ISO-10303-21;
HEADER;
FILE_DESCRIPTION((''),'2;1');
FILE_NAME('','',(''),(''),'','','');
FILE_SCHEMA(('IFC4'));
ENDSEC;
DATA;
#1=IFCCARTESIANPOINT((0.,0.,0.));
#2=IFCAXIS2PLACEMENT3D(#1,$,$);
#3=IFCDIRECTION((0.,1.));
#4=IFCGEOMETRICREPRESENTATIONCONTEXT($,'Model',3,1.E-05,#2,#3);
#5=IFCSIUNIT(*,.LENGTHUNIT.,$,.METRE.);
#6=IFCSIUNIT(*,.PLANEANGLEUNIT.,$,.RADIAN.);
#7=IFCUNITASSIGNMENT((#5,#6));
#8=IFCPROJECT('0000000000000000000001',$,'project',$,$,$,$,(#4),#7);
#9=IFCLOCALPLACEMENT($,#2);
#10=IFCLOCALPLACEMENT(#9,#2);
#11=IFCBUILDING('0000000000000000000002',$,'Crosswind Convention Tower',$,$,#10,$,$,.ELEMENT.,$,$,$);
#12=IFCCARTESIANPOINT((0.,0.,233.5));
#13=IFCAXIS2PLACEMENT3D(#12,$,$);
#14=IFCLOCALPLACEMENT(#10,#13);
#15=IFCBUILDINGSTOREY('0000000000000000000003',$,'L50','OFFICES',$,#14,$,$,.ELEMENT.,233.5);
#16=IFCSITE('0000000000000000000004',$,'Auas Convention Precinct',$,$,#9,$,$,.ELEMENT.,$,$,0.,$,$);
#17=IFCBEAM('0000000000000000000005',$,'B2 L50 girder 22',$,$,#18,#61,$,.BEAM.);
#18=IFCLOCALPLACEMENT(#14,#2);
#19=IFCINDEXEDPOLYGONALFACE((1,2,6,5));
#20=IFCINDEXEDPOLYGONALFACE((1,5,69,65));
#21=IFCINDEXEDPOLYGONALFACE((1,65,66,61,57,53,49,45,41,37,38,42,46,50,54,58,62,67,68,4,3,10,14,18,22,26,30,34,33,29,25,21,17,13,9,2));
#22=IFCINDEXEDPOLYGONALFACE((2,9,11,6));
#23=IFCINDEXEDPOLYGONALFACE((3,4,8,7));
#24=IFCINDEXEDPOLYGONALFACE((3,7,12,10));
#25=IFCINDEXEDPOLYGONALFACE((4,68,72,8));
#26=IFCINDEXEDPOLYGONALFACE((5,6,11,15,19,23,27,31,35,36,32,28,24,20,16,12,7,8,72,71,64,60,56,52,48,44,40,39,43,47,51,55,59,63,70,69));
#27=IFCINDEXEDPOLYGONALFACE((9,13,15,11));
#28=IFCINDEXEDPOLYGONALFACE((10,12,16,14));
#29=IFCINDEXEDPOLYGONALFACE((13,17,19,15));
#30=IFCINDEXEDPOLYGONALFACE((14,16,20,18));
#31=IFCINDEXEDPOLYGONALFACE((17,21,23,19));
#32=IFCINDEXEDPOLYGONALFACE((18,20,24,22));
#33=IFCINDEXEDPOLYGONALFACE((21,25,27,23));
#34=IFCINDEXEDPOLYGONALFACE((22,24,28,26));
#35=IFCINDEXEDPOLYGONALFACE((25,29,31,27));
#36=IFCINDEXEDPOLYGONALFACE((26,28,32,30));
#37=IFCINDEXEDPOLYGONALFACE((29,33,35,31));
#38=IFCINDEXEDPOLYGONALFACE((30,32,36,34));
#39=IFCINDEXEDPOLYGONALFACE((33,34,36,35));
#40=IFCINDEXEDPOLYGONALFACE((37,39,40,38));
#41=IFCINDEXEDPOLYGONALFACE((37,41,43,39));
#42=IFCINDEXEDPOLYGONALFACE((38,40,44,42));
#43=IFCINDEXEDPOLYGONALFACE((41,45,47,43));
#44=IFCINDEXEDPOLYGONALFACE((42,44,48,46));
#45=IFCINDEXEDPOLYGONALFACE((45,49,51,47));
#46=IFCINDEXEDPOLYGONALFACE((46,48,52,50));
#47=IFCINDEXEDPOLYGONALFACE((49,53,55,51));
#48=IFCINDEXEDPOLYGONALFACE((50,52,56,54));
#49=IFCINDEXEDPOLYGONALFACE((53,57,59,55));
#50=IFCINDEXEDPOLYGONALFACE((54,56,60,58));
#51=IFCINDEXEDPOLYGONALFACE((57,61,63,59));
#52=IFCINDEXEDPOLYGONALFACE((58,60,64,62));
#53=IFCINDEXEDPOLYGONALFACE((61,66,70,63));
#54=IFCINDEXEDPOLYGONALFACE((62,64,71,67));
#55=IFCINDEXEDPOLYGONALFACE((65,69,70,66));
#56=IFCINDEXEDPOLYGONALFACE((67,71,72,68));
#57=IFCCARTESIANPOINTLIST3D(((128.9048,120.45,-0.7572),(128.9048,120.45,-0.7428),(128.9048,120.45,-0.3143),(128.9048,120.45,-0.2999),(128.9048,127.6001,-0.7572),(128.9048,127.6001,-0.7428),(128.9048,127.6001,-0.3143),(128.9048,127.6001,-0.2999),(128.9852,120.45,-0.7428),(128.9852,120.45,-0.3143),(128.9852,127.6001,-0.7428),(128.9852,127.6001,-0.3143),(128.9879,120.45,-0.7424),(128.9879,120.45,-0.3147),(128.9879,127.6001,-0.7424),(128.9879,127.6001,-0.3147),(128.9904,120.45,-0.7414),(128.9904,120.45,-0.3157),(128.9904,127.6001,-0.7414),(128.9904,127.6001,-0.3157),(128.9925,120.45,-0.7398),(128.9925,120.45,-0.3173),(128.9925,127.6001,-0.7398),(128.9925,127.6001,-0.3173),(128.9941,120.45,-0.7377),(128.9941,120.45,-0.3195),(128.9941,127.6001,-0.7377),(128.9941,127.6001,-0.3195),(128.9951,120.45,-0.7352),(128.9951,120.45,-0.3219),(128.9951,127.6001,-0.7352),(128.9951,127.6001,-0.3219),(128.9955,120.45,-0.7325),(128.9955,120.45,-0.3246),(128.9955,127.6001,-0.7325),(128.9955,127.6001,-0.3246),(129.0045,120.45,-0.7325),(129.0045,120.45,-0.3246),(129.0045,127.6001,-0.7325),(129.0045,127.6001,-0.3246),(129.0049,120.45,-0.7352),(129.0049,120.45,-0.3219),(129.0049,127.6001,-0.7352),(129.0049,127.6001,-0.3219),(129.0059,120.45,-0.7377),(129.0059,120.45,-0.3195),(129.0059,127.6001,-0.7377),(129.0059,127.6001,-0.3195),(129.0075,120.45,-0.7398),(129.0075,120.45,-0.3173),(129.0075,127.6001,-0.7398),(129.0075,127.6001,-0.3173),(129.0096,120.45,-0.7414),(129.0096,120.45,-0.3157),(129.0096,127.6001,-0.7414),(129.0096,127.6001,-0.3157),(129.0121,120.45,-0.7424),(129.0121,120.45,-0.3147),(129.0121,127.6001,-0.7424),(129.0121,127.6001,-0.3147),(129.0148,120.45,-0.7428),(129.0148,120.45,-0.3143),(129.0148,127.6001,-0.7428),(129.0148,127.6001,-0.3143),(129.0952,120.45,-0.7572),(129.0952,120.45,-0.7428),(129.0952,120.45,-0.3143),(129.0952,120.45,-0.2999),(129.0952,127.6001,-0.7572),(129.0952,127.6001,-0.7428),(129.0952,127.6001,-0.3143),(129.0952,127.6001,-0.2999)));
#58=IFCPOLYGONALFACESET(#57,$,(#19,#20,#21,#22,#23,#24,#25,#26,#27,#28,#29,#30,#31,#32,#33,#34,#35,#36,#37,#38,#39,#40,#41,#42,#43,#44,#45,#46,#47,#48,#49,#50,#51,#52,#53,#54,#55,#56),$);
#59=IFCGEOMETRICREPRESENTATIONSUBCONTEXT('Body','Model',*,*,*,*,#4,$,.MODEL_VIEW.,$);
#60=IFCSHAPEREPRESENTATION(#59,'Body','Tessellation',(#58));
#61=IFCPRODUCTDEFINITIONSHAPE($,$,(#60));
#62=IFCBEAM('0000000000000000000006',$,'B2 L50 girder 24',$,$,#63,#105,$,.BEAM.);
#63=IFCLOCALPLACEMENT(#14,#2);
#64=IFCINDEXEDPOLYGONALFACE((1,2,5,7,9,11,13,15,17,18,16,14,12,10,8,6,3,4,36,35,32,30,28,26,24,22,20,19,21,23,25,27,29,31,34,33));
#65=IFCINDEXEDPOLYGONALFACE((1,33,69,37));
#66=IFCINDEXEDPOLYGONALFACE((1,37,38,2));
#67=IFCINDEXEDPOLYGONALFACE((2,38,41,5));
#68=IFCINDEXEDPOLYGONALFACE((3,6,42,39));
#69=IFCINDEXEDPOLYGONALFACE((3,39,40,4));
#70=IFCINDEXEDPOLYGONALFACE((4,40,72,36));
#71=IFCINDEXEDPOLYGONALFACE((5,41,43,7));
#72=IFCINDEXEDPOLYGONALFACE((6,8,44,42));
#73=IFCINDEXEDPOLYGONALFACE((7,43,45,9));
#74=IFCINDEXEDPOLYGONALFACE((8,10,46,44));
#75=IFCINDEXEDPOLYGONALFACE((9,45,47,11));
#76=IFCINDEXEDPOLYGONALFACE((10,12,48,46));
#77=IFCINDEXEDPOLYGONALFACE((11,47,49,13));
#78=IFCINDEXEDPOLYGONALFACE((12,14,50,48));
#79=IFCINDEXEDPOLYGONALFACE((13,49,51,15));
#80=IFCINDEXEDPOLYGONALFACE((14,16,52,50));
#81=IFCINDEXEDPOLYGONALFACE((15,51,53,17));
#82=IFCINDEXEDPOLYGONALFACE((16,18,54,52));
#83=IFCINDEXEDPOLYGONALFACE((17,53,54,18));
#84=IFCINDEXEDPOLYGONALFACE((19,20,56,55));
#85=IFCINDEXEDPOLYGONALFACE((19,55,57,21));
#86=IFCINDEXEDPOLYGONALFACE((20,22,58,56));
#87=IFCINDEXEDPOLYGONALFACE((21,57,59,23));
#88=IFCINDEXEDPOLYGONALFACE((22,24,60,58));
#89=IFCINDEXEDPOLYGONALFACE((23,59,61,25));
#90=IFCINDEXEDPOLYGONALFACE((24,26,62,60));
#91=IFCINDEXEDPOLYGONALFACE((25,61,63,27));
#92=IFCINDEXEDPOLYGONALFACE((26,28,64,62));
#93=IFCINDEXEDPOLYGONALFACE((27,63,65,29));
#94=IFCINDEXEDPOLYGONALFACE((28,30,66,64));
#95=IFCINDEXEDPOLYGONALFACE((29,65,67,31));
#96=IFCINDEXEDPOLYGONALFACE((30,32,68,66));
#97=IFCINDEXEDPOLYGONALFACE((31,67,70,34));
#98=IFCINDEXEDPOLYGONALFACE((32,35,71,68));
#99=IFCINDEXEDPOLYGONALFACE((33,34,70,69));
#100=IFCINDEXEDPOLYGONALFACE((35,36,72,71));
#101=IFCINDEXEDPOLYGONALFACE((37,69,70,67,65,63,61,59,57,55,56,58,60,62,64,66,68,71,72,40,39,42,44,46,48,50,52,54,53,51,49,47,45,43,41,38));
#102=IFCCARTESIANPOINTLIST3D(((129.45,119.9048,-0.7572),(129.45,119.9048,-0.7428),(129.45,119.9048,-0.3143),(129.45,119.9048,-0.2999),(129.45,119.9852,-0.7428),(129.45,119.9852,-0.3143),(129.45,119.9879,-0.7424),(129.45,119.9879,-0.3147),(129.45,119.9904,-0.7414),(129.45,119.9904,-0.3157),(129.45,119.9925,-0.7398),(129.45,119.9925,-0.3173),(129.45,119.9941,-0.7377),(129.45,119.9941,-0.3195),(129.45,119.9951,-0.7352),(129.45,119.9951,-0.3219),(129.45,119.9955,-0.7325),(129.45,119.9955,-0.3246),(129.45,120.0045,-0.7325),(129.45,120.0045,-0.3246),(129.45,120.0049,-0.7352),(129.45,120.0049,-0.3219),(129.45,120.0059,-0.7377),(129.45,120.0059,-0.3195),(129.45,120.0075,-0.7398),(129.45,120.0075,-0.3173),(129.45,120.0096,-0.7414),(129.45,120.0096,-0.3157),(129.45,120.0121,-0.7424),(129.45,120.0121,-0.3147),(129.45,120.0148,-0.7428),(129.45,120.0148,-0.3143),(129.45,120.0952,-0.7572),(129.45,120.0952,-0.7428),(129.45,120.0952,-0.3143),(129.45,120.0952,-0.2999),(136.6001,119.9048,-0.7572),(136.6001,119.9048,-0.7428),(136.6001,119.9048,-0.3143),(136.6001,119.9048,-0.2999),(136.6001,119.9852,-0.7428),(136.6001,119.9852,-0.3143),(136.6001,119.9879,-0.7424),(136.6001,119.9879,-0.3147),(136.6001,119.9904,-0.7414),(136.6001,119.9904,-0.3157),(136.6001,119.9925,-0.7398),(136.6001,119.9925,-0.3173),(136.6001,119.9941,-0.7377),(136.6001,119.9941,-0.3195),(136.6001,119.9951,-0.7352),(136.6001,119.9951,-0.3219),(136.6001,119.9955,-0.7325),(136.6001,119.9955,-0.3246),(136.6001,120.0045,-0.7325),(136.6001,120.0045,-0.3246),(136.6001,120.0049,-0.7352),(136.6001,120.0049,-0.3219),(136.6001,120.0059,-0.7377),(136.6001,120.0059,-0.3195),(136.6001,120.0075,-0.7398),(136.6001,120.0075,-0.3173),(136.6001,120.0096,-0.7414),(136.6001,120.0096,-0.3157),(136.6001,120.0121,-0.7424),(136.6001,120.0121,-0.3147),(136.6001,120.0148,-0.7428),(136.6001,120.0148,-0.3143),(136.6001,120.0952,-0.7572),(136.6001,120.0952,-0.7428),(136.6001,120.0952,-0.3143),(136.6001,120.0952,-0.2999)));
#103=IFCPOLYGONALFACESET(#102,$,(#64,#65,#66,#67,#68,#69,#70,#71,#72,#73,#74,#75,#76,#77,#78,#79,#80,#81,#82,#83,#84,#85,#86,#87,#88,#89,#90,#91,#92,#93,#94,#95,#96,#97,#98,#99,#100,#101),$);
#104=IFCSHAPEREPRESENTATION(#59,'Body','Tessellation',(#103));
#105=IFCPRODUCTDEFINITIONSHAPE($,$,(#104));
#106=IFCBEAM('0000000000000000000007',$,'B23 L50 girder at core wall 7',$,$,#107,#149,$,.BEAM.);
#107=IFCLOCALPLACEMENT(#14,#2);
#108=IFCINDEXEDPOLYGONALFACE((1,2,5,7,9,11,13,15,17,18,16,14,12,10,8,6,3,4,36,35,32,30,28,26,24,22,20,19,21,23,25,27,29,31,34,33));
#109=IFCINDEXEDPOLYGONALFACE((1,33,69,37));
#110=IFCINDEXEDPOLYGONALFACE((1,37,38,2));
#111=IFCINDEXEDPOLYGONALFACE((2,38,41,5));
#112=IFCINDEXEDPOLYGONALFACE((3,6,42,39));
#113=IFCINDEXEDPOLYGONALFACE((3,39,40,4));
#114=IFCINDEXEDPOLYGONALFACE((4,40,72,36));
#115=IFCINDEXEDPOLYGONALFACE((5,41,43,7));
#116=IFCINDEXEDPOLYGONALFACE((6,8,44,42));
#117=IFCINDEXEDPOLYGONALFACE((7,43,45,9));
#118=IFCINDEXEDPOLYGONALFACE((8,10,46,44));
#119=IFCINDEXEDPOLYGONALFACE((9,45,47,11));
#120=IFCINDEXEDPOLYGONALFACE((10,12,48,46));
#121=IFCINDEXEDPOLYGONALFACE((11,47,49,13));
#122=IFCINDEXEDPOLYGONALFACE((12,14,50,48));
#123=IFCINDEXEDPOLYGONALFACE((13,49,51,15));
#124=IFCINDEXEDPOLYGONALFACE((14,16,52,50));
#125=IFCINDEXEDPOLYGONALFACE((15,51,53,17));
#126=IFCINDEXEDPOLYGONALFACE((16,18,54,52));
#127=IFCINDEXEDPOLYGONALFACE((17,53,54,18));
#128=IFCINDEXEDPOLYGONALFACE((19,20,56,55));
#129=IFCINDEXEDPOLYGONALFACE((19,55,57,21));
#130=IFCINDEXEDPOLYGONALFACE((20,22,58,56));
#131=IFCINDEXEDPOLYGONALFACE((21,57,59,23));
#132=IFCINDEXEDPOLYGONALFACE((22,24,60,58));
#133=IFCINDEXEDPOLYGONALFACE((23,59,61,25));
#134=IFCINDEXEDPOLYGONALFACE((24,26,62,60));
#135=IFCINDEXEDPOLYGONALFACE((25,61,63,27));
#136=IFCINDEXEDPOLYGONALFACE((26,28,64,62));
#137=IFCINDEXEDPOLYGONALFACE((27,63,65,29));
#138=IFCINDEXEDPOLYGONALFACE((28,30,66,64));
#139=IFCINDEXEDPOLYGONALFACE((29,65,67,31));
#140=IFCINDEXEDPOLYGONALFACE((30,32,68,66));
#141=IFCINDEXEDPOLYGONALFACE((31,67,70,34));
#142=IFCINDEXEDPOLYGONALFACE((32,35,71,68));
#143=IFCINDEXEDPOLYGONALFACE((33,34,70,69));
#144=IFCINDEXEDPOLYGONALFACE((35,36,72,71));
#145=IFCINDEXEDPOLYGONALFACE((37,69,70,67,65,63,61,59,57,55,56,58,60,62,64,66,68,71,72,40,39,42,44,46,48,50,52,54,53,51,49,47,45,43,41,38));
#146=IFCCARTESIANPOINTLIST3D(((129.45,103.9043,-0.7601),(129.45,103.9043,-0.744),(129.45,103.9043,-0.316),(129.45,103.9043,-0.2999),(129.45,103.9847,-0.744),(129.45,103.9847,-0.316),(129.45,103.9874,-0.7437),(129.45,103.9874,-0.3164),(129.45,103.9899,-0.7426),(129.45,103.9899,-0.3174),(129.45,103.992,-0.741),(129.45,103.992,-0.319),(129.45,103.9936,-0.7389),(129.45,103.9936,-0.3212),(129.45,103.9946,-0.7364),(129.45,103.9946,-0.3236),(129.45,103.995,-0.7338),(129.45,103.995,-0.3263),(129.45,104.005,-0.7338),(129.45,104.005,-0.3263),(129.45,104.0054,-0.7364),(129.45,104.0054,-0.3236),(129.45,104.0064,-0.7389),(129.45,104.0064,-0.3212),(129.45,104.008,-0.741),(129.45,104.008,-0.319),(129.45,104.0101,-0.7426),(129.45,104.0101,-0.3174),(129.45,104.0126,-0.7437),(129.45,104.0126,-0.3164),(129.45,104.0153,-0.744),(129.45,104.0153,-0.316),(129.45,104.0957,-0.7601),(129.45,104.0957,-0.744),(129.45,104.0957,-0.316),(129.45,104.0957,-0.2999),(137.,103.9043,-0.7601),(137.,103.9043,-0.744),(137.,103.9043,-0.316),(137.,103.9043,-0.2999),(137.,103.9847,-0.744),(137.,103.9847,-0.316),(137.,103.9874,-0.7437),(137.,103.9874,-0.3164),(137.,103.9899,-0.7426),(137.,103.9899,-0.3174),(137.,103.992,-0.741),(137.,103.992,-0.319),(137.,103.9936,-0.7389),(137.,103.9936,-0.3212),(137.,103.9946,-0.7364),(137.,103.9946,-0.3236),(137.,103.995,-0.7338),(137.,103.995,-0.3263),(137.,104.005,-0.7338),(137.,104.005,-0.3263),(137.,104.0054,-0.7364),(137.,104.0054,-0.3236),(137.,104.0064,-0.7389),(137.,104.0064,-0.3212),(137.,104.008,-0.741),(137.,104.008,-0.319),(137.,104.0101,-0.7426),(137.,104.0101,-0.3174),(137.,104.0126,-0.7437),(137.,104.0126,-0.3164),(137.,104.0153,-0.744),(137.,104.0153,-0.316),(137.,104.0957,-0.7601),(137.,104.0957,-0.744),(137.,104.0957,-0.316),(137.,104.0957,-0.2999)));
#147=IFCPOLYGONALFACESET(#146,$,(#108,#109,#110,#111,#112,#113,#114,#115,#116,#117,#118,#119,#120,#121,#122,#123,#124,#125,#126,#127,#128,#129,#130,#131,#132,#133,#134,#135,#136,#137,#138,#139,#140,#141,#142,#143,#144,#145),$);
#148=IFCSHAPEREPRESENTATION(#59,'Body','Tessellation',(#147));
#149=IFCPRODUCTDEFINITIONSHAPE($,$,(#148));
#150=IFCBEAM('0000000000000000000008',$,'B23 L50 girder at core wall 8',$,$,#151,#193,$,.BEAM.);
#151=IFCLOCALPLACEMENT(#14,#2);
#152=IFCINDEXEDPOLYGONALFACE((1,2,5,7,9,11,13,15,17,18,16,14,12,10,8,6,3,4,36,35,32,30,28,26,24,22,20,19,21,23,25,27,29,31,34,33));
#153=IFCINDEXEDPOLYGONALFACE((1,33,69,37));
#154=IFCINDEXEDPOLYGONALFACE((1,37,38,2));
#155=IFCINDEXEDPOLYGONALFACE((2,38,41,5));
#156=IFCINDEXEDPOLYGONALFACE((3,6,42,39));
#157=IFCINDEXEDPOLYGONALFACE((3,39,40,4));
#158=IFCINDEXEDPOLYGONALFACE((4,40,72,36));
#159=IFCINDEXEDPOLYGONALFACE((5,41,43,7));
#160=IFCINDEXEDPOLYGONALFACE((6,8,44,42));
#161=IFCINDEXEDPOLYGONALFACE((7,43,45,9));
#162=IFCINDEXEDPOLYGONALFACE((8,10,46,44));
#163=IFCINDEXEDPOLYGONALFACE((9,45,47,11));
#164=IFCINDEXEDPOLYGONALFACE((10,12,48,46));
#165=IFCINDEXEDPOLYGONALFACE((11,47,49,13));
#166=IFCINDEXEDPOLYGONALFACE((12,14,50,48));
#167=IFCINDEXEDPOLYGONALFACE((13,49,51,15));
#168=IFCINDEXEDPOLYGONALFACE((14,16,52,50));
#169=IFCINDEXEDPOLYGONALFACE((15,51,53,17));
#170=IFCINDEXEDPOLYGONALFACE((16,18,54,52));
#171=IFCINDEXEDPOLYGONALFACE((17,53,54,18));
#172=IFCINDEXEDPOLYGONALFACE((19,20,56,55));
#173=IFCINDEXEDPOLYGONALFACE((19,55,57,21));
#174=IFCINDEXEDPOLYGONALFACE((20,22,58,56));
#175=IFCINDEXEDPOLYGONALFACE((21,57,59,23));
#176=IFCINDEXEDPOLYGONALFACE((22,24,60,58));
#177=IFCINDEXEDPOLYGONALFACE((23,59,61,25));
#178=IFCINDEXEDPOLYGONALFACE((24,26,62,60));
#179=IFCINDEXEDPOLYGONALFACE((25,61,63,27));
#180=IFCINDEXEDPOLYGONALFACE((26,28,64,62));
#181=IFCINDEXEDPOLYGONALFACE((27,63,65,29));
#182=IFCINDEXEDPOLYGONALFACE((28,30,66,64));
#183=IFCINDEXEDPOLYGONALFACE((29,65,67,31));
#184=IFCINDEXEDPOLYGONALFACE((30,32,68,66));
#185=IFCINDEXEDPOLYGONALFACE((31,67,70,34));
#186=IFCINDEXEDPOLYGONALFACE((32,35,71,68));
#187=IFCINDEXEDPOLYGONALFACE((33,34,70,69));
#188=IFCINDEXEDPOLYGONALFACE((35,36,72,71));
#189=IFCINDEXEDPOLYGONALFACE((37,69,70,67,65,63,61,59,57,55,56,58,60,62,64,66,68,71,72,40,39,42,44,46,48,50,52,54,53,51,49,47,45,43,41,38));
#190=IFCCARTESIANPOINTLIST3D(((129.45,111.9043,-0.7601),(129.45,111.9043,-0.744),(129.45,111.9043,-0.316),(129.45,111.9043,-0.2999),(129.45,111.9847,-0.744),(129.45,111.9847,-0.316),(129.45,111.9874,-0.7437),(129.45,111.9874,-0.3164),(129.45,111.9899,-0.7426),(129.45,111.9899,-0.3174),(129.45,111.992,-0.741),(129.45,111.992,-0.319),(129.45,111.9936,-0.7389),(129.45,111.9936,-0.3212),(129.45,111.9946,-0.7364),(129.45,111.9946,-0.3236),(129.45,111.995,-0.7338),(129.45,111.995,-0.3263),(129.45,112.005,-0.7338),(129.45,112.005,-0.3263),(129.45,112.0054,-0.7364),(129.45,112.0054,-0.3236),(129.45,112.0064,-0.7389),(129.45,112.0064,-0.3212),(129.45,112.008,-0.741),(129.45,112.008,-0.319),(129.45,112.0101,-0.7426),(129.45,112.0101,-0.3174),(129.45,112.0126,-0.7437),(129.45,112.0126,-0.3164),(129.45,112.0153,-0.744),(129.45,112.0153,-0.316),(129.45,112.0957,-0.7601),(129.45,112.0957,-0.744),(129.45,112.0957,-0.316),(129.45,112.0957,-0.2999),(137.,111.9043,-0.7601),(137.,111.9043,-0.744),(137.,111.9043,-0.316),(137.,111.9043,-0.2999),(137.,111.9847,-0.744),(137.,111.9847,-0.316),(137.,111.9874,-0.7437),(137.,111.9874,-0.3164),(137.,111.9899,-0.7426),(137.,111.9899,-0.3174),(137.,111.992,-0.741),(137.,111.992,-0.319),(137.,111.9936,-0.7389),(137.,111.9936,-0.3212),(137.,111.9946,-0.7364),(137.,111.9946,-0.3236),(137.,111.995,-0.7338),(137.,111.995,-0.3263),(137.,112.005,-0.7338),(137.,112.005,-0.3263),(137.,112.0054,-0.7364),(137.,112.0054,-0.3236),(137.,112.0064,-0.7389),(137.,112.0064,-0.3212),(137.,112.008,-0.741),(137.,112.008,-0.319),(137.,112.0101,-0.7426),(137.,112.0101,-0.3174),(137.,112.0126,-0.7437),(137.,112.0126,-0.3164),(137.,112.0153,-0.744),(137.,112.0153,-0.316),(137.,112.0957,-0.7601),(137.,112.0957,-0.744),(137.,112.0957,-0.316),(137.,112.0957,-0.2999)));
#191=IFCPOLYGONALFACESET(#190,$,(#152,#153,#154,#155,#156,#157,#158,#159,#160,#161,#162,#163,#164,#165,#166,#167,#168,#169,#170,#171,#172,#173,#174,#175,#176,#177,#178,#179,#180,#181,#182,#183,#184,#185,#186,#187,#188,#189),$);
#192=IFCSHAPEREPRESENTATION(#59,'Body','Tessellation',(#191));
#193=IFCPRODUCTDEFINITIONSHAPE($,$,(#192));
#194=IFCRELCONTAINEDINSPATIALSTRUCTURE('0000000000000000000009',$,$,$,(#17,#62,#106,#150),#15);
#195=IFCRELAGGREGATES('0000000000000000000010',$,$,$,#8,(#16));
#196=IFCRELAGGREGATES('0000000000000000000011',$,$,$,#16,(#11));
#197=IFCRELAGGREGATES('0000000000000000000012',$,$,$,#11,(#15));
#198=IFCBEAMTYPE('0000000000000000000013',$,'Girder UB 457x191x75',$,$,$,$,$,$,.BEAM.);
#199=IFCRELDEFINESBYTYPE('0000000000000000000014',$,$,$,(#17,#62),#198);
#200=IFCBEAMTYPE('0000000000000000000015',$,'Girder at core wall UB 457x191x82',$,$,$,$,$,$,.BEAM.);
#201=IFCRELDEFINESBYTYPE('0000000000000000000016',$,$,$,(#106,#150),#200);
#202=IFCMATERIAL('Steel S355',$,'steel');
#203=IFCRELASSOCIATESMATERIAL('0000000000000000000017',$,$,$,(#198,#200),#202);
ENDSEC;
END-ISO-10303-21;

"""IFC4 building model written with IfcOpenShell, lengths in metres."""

from ifc_helpers import new_model, si_unit, direction, frame, origin, origin_2d, place, context, subcontext, project, spatial, i_section, extrude, material, material_profile, profile_set, type_object, element, save


model = new_model("IFC4")

# Units and contexts
model_context = context("Model", 3, precision=1e-05, world=origin(), true_north=direction((0.0, 1.0)))
body_context = subcontext(model_context, "Body", "Model", "MODEL_VIEW")
ifc_project = project(units=[si_unit("LENGTHUNIT", "METRE"), si_unit("PLANEANGLEUNIT", "RADIAN")], contexts=[model_context])

# Site, building, storey
site_placement = place(None, origin())
site = spatial("IfcSite", under=ifc_project, at=site_placement, Name="Auas Convention Precinct", CompositionType="ELEMENT", RefElevation=0.0)
building_placement = place(site_placement, origin())
building = spatial("IfcBuilding", under=site, at=building_placement, Name="Crosswind Convention Tower", CompositionType="ELEMENT")
storey_placement = place(building_placement, frame((0.0, 0.0, 233.5)))
storey = spatial("IfcBuildingStorey", under=building, at=storey_placement, Name="L50", Description="OFFICES", CompositionType="ELEMENT", Elevation=233.5)

# Beams
ifc_material_1 = material(Name="Steel S355", Category="steel")
ifc_material_profile_1 = material_profile(ifc_material_1, i_section(OverallWidth=0.1904, OverallDepth=0.4573, WebThickness=0.009, FlangeThickness=0.0144, FilletRadius=0.0103, at=origin_2d()), Name="UB 457x191x75")
ifc_profile_set_1 = profile_set([ifc_material_profile_1], Name="Steel S355")
beam_type_1 = type_object("IfcBeamType", Name="Girder UB 457x191x75", PredefinedType="BEAM", material=ifc_profile_set_1)
for number, where, z_axis, x_axis, name in (
    (1, (129.0, 120.45, -0.5286), (0.0, 1.0, 0.0), (-1.0, 0.0, 0.0), "B2 L50 girder 22"),
    (2, (129.45, 120.0, -0.5286), (1.0, 0.0, 0.0), (0.0, 1.0, 0.0), "B2 L50 girder 24"),
):
    element("IfcBeam", number, at=place(storey_placement, frame(where, z_axis=z_axis, x_axis=x_axis)), inside=storey, type_object=beam_type_1, Name=name, PredefinedType="BEAM", context=body_context, shape_type="SweptSolid", body=[
        extrude(i_section(OverallWidth=0.1904, OverallDepth=0.4573, WebThickness=0.009, FlangeThickness=0.0144, FilletRadius=0.0103, at=origin_2d()), origin(), (0.0, 0.0, 1.0), 7.1501),
    ])
ifc_material_profile_2 = material_profile(ifc_material_1, i_section(OverallWidth=0.1914, OverallDepth=0.4602, WebThickness=0.01, FlangeThickness=0.0161, FilletRadius=0.0103, at=origin_2d()), Name="UB 457x191x82")
ifc_profile_set_2 = profile_set([ifc_material_profile_2], Name="Steel S355")
beam_type_2 = type_object("IfcBeamType", Name="Girder at core wall UB 457x191x82", PredefinedType="BEAM", material=ifc_profile_set_2)
for number, where, z_axis, x_axis, name in (
    (3, (129.45, 104.0, -0.53), (1.0, 0.0, 0.0), (0.0, 1.0, 0.0), "B23 L50 girder at core wall 7"),
    (4, (129.45, 112.0, -0.53), (1.0, 0.0, 0.0), (0.0, 1.0, 0.0), "B23 L50 girder at core wall 8"),
):
    element("IfcBeam", number, at=place(storey_placement, frame(where, z_axis=z_axis, x_axis=x_axis)), inside=storey, type_object=beam_type_2, Name=name, PredefinedType="BEAM", context=body_context, shape_type="SweptSolid", body=[
        extrude(i_section(OverallWidth=0.1914, OverallDepth=0.4602, WebThickness=0.01, FlangeThickness=0.0161, FilletRadius=0.0103, at=origin_2d()), origin(), (0.0, 0.0, 1.0), 7.55),
    ])

save(model, "model.ifc")
